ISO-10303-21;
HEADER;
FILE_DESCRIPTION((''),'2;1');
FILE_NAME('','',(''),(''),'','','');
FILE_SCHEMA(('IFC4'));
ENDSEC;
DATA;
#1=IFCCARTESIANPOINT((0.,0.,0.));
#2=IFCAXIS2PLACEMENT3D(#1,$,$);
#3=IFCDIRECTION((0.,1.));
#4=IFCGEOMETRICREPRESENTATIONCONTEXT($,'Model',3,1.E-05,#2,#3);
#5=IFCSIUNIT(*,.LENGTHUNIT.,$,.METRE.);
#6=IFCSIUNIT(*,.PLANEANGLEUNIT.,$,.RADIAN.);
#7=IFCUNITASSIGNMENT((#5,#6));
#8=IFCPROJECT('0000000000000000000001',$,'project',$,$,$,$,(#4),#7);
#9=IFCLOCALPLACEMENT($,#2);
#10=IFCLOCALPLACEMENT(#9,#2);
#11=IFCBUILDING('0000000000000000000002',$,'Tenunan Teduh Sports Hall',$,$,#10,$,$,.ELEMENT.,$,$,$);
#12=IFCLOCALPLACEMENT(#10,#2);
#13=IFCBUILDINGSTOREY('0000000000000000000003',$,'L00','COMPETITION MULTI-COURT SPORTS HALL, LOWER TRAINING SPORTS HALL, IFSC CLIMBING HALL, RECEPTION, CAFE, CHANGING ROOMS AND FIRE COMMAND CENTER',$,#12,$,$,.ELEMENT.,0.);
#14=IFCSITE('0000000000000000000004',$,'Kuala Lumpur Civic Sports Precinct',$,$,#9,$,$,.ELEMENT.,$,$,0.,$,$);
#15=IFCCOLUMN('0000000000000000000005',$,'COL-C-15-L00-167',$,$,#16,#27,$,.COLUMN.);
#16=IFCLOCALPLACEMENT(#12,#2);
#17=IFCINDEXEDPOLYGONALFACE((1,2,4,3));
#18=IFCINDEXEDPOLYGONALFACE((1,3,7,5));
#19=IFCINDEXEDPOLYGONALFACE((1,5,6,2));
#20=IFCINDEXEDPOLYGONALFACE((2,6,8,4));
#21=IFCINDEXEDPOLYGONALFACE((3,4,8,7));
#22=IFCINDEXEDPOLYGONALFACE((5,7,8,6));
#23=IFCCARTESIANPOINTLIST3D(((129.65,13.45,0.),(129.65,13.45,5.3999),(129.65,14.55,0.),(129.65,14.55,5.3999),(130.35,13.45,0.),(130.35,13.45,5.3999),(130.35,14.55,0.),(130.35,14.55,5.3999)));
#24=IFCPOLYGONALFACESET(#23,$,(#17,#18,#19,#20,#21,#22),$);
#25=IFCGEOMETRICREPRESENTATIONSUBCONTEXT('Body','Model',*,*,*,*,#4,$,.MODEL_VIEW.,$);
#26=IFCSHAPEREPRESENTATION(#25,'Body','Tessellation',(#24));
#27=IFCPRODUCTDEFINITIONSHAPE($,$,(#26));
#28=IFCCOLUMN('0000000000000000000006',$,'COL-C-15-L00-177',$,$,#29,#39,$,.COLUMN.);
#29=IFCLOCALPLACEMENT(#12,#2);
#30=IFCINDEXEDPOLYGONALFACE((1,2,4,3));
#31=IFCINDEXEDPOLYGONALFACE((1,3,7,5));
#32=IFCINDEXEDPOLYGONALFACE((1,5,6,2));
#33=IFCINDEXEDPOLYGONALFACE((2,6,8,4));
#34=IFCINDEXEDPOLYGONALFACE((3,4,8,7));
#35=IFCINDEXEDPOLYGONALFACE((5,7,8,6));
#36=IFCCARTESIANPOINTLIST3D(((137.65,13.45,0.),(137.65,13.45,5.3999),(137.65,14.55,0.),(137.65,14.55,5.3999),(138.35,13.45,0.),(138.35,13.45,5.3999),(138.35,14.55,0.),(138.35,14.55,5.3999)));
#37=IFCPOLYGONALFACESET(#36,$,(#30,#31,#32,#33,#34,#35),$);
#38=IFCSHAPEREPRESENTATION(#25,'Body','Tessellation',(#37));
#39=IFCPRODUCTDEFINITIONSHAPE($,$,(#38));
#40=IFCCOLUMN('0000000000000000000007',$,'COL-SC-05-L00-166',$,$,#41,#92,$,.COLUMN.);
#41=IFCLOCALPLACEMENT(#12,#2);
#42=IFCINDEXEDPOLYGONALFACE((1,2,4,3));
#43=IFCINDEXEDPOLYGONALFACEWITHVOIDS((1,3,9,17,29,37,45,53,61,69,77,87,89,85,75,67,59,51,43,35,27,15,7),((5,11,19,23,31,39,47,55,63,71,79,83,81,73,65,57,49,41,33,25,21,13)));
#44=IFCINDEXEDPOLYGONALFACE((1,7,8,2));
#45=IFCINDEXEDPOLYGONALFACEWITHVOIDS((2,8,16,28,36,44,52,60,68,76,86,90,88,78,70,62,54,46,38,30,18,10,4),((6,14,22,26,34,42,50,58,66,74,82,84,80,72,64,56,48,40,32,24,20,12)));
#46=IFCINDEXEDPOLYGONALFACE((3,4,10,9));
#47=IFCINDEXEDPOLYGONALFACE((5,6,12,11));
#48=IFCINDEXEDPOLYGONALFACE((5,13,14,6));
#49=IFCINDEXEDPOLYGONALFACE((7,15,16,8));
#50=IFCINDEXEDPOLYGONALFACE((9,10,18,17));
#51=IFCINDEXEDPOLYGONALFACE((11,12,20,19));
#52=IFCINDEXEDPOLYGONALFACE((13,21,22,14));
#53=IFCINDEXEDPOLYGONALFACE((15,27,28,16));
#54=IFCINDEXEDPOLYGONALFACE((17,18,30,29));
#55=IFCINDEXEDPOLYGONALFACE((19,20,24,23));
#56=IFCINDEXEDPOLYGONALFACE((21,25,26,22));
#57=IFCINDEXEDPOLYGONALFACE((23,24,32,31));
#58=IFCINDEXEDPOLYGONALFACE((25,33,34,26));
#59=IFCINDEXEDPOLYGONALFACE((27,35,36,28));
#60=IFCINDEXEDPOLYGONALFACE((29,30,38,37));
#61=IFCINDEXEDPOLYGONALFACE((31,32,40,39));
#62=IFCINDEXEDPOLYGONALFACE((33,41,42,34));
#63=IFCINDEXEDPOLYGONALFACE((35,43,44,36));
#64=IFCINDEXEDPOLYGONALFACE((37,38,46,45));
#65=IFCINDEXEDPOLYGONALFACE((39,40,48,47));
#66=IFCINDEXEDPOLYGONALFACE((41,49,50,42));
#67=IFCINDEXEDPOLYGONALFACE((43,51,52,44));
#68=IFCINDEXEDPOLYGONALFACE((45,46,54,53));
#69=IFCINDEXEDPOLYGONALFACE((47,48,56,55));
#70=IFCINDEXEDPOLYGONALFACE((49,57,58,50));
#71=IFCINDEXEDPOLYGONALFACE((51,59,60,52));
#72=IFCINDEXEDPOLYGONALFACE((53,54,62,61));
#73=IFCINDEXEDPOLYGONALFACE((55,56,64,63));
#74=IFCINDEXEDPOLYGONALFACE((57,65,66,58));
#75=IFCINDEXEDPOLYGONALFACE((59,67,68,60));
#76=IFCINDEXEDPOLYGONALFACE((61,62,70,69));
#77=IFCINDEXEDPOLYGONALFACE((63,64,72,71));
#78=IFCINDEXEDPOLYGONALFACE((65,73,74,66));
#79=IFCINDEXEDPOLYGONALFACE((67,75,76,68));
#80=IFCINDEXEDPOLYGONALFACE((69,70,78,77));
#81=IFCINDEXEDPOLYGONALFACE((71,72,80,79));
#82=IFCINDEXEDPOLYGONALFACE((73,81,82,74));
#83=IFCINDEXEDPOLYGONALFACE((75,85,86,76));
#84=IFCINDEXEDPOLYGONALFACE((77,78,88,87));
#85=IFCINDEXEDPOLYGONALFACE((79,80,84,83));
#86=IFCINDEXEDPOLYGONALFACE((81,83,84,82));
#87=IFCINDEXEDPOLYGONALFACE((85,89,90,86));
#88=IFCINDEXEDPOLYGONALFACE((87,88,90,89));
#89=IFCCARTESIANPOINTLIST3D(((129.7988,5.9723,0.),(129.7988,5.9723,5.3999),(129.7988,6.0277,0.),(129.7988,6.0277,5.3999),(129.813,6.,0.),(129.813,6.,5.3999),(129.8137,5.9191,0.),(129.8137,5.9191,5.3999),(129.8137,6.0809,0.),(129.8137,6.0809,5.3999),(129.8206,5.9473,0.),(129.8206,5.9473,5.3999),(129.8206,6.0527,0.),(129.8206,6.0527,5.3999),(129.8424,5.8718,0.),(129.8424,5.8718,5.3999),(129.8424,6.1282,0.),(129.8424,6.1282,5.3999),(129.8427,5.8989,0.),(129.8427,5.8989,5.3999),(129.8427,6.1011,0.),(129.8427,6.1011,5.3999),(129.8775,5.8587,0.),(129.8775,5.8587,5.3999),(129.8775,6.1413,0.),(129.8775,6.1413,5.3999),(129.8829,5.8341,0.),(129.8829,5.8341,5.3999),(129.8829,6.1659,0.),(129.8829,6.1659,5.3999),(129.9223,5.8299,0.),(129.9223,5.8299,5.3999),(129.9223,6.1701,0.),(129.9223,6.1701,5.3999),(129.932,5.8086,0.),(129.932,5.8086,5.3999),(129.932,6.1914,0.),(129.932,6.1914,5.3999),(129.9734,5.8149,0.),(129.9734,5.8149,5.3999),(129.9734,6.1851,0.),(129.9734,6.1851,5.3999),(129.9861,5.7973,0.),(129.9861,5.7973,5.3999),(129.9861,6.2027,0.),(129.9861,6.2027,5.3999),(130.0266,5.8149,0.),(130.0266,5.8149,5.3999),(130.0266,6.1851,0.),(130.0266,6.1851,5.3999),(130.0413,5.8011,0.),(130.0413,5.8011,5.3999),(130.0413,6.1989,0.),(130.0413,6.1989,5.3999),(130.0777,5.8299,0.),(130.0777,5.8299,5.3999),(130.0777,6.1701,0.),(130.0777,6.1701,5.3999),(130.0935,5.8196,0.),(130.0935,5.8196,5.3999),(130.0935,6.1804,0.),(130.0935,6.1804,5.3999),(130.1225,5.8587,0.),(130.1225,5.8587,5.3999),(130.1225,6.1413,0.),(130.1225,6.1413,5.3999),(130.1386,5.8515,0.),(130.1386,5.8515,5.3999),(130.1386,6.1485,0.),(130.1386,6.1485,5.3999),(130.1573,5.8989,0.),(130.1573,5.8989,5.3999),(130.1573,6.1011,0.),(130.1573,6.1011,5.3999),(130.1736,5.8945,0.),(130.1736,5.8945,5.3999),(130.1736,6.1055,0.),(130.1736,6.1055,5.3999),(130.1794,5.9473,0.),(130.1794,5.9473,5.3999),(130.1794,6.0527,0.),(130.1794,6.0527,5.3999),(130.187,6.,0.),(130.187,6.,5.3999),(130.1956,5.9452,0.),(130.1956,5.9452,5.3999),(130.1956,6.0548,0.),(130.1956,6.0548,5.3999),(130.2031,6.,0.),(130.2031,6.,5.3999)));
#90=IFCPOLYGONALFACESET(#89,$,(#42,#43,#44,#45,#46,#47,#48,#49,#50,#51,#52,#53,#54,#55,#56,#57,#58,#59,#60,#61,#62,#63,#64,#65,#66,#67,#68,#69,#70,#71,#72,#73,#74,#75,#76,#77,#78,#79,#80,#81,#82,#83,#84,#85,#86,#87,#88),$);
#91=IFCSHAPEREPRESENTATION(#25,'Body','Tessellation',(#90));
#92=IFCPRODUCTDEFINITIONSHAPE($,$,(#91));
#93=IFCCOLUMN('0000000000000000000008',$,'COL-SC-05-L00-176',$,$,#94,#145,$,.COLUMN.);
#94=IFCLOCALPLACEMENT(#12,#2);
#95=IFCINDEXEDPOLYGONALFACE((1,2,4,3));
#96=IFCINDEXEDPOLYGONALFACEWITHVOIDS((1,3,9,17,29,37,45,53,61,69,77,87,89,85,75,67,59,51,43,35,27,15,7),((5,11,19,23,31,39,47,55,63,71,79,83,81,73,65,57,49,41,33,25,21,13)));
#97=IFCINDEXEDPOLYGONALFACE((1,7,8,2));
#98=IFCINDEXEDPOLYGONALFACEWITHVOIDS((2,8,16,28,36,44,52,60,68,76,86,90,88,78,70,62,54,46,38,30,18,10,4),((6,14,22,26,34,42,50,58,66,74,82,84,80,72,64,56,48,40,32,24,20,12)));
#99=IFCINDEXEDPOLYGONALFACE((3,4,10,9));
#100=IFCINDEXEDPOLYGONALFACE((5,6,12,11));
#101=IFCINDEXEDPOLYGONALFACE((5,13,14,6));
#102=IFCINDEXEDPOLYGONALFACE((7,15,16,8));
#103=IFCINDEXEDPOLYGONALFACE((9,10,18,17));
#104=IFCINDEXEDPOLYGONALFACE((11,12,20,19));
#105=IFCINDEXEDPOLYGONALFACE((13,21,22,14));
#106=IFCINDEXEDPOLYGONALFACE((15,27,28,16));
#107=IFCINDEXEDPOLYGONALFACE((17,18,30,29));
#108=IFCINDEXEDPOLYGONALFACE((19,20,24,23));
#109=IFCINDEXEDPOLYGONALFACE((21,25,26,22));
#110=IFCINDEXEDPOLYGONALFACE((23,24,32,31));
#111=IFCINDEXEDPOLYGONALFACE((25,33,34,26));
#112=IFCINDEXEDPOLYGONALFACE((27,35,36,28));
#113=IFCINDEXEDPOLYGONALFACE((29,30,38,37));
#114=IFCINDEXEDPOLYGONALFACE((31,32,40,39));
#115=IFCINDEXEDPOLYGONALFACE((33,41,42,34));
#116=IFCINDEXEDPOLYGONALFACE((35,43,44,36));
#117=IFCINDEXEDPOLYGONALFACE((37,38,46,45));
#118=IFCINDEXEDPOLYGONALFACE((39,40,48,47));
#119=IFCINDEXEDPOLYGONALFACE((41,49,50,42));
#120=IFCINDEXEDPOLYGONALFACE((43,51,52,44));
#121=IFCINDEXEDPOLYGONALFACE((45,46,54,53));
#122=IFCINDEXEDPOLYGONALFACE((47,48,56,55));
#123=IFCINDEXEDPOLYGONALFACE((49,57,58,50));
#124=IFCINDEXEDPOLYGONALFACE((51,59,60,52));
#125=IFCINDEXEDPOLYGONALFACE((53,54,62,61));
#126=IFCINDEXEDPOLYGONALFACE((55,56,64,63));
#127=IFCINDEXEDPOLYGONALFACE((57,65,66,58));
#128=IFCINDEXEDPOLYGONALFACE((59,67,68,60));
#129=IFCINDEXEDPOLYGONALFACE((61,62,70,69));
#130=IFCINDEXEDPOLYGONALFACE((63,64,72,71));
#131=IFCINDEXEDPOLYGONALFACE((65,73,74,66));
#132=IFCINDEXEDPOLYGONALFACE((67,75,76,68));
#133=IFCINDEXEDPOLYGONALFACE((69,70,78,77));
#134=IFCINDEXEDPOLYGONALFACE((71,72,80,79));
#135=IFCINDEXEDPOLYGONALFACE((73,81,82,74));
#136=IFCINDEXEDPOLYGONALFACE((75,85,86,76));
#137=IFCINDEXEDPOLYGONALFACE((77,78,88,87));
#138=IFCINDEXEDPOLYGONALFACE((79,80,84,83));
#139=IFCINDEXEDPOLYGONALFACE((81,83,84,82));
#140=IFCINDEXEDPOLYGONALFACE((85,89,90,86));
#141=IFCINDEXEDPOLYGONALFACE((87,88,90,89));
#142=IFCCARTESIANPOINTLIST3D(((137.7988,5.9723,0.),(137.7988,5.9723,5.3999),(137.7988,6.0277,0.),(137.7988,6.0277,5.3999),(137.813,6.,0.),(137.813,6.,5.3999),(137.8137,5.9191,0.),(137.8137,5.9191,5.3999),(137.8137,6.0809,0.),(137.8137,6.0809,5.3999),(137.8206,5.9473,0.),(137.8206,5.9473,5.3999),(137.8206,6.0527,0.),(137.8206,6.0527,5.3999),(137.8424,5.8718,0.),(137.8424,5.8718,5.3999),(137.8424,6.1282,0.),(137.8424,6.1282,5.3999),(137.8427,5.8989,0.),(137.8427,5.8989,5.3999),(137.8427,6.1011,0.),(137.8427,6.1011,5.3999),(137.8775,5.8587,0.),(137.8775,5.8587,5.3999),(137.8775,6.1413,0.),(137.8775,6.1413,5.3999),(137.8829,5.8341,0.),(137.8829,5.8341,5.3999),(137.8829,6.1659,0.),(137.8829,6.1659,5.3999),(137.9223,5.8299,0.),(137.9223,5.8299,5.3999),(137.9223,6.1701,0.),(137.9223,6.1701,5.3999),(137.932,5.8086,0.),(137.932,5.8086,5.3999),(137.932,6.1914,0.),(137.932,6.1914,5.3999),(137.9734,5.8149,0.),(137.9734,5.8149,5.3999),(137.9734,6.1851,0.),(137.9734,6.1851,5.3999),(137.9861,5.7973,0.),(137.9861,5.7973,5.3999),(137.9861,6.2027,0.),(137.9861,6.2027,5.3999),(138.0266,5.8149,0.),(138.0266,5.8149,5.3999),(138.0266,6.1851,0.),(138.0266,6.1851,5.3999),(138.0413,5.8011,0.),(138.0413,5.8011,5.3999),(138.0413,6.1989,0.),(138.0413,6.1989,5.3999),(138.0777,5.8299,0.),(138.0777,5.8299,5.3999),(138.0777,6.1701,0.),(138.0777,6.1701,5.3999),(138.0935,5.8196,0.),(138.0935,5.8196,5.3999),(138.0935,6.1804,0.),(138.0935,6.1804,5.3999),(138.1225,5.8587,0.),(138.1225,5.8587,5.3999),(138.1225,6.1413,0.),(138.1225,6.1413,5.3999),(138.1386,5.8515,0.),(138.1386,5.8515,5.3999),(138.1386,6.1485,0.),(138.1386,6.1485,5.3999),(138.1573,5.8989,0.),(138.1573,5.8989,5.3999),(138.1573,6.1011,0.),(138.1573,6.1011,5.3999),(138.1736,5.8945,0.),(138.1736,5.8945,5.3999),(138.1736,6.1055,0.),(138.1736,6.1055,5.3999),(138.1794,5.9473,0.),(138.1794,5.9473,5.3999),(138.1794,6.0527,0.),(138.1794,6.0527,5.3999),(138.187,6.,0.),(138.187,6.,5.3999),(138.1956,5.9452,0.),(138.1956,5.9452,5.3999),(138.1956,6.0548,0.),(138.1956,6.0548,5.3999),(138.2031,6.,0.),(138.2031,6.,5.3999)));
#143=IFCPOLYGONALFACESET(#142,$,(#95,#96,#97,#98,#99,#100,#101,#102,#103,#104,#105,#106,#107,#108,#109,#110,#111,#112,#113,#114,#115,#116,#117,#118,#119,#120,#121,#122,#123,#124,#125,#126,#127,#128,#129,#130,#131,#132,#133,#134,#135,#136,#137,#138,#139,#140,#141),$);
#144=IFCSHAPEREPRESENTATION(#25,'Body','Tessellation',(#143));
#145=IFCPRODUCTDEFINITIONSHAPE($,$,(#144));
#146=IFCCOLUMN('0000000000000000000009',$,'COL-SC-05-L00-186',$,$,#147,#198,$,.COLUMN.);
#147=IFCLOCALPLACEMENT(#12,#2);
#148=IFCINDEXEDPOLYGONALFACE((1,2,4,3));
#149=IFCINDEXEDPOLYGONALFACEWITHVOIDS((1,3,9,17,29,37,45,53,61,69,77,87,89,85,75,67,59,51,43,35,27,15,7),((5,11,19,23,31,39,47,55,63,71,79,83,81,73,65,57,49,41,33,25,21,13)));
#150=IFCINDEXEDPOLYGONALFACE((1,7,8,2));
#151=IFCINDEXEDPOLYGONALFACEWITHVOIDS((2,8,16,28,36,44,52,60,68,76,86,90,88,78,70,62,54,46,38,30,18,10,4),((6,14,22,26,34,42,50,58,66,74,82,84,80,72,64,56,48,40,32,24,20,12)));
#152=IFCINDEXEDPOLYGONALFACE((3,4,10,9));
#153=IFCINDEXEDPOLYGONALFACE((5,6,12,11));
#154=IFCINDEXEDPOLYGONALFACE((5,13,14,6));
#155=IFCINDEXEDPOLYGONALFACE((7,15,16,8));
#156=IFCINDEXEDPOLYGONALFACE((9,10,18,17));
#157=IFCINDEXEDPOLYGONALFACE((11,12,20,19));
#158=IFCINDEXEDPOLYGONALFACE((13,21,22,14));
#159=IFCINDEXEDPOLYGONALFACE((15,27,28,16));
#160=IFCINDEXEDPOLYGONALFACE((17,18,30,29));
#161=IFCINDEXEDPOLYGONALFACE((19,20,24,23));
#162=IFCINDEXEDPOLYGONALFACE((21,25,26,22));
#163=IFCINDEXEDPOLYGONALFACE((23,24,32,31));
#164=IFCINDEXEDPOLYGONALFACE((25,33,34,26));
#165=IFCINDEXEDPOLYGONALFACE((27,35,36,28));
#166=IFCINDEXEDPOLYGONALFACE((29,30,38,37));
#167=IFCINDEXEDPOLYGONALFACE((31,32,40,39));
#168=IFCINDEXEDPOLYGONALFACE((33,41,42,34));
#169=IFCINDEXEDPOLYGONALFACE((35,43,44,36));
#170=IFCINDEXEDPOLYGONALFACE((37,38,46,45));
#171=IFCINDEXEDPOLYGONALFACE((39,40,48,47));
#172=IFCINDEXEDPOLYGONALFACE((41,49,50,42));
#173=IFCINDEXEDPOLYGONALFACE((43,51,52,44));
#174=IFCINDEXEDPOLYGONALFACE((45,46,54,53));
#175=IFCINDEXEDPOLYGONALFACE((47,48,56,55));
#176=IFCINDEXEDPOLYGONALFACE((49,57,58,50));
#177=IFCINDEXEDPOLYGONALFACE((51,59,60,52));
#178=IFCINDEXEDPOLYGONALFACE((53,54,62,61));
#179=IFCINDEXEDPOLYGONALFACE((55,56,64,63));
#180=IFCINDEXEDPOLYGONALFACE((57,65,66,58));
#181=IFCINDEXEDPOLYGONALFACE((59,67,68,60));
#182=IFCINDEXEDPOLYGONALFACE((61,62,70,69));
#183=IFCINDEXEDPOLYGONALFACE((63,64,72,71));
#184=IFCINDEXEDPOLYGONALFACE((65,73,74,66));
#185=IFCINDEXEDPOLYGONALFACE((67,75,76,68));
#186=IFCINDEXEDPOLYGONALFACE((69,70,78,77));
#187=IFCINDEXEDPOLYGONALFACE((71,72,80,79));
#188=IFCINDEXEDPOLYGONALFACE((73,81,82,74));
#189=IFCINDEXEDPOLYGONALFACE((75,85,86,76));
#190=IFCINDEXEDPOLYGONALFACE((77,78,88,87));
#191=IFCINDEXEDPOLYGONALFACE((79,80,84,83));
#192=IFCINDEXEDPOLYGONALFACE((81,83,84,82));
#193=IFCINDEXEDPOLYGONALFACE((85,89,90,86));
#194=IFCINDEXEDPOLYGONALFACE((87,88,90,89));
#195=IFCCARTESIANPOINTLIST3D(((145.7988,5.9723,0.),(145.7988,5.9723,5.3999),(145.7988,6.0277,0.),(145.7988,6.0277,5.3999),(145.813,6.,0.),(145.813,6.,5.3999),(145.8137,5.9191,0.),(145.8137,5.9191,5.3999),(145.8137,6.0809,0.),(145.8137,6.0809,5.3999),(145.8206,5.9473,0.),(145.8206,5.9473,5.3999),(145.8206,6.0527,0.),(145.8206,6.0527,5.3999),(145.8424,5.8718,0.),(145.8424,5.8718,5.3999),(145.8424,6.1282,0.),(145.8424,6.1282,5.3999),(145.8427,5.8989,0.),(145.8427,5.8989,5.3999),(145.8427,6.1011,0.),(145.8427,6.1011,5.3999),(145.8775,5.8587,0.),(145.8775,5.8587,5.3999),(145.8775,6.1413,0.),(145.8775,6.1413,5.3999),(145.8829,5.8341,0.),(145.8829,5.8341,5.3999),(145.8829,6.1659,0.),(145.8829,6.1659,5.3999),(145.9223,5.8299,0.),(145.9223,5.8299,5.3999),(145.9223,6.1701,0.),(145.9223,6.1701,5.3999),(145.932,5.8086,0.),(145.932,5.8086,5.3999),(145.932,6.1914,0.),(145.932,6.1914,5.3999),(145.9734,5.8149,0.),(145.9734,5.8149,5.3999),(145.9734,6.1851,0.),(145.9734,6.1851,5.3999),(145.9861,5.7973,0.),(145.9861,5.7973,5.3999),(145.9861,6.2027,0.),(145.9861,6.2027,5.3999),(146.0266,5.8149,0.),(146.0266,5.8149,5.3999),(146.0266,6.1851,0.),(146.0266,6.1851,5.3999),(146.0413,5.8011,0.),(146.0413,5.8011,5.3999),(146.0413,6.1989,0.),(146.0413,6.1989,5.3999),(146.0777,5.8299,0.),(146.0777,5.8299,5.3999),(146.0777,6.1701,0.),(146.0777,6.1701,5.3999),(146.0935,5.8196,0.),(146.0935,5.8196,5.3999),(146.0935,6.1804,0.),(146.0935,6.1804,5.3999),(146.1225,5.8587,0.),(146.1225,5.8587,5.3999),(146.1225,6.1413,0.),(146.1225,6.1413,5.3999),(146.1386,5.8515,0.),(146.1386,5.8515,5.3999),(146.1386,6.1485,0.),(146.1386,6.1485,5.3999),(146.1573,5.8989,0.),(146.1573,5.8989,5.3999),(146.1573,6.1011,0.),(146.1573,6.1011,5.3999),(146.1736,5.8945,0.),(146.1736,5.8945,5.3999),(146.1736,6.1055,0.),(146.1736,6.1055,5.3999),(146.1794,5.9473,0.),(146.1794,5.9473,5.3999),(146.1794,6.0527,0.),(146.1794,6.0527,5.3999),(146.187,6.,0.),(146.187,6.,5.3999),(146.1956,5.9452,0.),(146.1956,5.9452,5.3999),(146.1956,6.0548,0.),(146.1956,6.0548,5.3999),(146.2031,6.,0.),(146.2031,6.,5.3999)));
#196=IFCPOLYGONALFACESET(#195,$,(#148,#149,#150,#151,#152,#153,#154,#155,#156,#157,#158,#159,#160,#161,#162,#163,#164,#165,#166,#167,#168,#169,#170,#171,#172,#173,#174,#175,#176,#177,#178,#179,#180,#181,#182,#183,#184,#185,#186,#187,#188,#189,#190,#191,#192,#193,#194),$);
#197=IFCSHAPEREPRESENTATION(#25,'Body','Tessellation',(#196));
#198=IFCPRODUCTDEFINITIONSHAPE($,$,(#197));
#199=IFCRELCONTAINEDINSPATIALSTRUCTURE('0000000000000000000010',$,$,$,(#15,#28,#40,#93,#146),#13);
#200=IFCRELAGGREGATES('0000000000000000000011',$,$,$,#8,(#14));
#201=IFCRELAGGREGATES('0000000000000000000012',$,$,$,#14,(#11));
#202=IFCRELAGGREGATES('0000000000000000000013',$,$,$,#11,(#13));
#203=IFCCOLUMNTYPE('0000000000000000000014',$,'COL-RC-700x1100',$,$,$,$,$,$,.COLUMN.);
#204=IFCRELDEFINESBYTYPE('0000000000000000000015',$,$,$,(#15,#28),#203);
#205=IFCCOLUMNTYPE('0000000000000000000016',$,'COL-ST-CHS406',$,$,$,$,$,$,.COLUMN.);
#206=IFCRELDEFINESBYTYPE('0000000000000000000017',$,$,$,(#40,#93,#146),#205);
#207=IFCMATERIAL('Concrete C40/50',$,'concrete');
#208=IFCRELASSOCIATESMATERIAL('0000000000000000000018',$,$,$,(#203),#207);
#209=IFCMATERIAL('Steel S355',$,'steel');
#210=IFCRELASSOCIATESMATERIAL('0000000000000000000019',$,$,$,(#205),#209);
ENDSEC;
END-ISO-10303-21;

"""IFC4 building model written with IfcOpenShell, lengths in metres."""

from ifc_helpers import new_model, si_unit, direction, frame, origin, origin_2d, place, context, subcontext, project, spatial, rectangle, hollow_circle, extrude, material, material_profile, profile_set, type_object, element, save


model = new_model("IFC4")

# Units and contexts
model_context = context("Model", 3, precision=1e-05, world=origin(), true_north=direction((0.0, 1.0)))
body_context = subcontext(model_context, "Body", "Model", "MODEL_VIEW")
ifc_project = project(units=[si_unit("LENGTHUNIT", "METRE"), si_unit("PLANEANGLEUNIT", "RADIAN")], contexts=[model_context])

# Site, building, storey
site_placement = place(None, origin())
site = spatial("IfcSite", under=ifc_project, at=site_placement, Name="Kuala Lumpur Civic Sports Precinct", CompositionType="ELEMENT", RefElevation=0.0)
building_placement = place(site_placement, origin())
building = spatial("IfcBuilding", under=site, at=building_placement, Name="Tenunan Teduh Sports Hall", CompositionType="ELEMENT")
storey_placement = place(building_placement, origin())
storey = spatial("IfcBuildingStorey", under=building, at=storey_placement, Name="L00", Description="COMPETITION MULTI-COURT SPORTS HALL, LOWER TRAINING SPORTS HALL, IFSC CLIMBING HALL, RECEPTION, CAFE, CHANGING ROOMS AND FIRE COMMAND CENTER", CompositionType="ELEMENT", Elevation=0.0)

# Columns
ifc_material_1 = material(Name="Concrete C40/50", Category="concrete")
ifc_material_profile_1 = material_profile(ifc_material_1, rectangle(XDim=0.7, YDim=1.1001, at=origin_2d()), Name="RC 700x1100")
ifc_profile_set_1 = profile_set([ifc_material_profile_1], Name="Concrete C40/50")
column_type_1 = type_object("IfcColumnType", Name="COL-RC-700x1100", PredefinedType="COLUMN", material=ifc_profile_set_1)
for number, where, z_axis, x_axis, name in (
    (1, (130.0, 14.0, 0.0), (0.0, 0.0, 1.0), (1.0, 0.0, 0.0), "COL-C-15-L00-167"),
    (2, (138.0, 14.0, 0.0), (0.0, 0.0, 1.0), (1.0, 0.0, 0.0), "COL-C-15-L00-177"),
):
    element("IfcColumn", number, at=place(storey_placement, frame(where, z_axis=z_axis, x_axis=x_axis)), inside=storey, type_object=column_type_1, Name=name, PredefinedType="COLUMN", context=body_context, shape_type="SweptSolid", body=[
        extrude(rectangle(XDim=0.7, YDim=1.1001, at=origin_2d()), origin(), (0.0, 0.0, 1.0), 5.3999),
    ])
ifc_material_2 = material(Name="Steel S355", Category="steel")
ifc_material_profile_2 = material_profile(ifc_material_2, hollow_circle(Radius=0.2031, WallThickness=0.0161, at=origin_2d()), Name="CHS 406.4x16.0")
ifc_profile_set_2 = profile_set([ifc_material_profile_2], Name="Steel S355")
column_type_2 = type_object("IfcColumnType", Name="COL-ST-CHS406", PredefinedType="COLUMN", material=ifc_profile_set_2)
for number, where, z_axis, x_axis, name in (
    (3, (130.0, 6.0, 0.0), (0.0, 0.0, 1.0), (1.0, 0.0, 0.0), "COL-SC-05-L00-166"),
    (4, (138.0, 6.0, 0.0), (0.0, 0.0, 1.0), (1.0, 0.0, 0.0), "COL-SC-05-L00-176"),
    (5, (146.0, 6.0, 0.0), (0.0, 0.0, 1.0), (1.0, 0.0, 0.0), "COL-SC-05-L00-186"),
):
    element("IfcColumn", number, at=place(storey_placement, frame(where, z_axis=z_axis, x_axis=x_axis)), inside=storey, type_object=column_type_2, Name=name, PredefinedType="COLUMN", context=body_context, shape_type="SweptSolid", body=[
        extrude(hollow_circle(Radius=0.2031, WallThickness=0.0161, at=origin_2d()), origin(), (0.0, 0.0, 1.0), 5.3999),
    ])

save(model, "model.ifc")
